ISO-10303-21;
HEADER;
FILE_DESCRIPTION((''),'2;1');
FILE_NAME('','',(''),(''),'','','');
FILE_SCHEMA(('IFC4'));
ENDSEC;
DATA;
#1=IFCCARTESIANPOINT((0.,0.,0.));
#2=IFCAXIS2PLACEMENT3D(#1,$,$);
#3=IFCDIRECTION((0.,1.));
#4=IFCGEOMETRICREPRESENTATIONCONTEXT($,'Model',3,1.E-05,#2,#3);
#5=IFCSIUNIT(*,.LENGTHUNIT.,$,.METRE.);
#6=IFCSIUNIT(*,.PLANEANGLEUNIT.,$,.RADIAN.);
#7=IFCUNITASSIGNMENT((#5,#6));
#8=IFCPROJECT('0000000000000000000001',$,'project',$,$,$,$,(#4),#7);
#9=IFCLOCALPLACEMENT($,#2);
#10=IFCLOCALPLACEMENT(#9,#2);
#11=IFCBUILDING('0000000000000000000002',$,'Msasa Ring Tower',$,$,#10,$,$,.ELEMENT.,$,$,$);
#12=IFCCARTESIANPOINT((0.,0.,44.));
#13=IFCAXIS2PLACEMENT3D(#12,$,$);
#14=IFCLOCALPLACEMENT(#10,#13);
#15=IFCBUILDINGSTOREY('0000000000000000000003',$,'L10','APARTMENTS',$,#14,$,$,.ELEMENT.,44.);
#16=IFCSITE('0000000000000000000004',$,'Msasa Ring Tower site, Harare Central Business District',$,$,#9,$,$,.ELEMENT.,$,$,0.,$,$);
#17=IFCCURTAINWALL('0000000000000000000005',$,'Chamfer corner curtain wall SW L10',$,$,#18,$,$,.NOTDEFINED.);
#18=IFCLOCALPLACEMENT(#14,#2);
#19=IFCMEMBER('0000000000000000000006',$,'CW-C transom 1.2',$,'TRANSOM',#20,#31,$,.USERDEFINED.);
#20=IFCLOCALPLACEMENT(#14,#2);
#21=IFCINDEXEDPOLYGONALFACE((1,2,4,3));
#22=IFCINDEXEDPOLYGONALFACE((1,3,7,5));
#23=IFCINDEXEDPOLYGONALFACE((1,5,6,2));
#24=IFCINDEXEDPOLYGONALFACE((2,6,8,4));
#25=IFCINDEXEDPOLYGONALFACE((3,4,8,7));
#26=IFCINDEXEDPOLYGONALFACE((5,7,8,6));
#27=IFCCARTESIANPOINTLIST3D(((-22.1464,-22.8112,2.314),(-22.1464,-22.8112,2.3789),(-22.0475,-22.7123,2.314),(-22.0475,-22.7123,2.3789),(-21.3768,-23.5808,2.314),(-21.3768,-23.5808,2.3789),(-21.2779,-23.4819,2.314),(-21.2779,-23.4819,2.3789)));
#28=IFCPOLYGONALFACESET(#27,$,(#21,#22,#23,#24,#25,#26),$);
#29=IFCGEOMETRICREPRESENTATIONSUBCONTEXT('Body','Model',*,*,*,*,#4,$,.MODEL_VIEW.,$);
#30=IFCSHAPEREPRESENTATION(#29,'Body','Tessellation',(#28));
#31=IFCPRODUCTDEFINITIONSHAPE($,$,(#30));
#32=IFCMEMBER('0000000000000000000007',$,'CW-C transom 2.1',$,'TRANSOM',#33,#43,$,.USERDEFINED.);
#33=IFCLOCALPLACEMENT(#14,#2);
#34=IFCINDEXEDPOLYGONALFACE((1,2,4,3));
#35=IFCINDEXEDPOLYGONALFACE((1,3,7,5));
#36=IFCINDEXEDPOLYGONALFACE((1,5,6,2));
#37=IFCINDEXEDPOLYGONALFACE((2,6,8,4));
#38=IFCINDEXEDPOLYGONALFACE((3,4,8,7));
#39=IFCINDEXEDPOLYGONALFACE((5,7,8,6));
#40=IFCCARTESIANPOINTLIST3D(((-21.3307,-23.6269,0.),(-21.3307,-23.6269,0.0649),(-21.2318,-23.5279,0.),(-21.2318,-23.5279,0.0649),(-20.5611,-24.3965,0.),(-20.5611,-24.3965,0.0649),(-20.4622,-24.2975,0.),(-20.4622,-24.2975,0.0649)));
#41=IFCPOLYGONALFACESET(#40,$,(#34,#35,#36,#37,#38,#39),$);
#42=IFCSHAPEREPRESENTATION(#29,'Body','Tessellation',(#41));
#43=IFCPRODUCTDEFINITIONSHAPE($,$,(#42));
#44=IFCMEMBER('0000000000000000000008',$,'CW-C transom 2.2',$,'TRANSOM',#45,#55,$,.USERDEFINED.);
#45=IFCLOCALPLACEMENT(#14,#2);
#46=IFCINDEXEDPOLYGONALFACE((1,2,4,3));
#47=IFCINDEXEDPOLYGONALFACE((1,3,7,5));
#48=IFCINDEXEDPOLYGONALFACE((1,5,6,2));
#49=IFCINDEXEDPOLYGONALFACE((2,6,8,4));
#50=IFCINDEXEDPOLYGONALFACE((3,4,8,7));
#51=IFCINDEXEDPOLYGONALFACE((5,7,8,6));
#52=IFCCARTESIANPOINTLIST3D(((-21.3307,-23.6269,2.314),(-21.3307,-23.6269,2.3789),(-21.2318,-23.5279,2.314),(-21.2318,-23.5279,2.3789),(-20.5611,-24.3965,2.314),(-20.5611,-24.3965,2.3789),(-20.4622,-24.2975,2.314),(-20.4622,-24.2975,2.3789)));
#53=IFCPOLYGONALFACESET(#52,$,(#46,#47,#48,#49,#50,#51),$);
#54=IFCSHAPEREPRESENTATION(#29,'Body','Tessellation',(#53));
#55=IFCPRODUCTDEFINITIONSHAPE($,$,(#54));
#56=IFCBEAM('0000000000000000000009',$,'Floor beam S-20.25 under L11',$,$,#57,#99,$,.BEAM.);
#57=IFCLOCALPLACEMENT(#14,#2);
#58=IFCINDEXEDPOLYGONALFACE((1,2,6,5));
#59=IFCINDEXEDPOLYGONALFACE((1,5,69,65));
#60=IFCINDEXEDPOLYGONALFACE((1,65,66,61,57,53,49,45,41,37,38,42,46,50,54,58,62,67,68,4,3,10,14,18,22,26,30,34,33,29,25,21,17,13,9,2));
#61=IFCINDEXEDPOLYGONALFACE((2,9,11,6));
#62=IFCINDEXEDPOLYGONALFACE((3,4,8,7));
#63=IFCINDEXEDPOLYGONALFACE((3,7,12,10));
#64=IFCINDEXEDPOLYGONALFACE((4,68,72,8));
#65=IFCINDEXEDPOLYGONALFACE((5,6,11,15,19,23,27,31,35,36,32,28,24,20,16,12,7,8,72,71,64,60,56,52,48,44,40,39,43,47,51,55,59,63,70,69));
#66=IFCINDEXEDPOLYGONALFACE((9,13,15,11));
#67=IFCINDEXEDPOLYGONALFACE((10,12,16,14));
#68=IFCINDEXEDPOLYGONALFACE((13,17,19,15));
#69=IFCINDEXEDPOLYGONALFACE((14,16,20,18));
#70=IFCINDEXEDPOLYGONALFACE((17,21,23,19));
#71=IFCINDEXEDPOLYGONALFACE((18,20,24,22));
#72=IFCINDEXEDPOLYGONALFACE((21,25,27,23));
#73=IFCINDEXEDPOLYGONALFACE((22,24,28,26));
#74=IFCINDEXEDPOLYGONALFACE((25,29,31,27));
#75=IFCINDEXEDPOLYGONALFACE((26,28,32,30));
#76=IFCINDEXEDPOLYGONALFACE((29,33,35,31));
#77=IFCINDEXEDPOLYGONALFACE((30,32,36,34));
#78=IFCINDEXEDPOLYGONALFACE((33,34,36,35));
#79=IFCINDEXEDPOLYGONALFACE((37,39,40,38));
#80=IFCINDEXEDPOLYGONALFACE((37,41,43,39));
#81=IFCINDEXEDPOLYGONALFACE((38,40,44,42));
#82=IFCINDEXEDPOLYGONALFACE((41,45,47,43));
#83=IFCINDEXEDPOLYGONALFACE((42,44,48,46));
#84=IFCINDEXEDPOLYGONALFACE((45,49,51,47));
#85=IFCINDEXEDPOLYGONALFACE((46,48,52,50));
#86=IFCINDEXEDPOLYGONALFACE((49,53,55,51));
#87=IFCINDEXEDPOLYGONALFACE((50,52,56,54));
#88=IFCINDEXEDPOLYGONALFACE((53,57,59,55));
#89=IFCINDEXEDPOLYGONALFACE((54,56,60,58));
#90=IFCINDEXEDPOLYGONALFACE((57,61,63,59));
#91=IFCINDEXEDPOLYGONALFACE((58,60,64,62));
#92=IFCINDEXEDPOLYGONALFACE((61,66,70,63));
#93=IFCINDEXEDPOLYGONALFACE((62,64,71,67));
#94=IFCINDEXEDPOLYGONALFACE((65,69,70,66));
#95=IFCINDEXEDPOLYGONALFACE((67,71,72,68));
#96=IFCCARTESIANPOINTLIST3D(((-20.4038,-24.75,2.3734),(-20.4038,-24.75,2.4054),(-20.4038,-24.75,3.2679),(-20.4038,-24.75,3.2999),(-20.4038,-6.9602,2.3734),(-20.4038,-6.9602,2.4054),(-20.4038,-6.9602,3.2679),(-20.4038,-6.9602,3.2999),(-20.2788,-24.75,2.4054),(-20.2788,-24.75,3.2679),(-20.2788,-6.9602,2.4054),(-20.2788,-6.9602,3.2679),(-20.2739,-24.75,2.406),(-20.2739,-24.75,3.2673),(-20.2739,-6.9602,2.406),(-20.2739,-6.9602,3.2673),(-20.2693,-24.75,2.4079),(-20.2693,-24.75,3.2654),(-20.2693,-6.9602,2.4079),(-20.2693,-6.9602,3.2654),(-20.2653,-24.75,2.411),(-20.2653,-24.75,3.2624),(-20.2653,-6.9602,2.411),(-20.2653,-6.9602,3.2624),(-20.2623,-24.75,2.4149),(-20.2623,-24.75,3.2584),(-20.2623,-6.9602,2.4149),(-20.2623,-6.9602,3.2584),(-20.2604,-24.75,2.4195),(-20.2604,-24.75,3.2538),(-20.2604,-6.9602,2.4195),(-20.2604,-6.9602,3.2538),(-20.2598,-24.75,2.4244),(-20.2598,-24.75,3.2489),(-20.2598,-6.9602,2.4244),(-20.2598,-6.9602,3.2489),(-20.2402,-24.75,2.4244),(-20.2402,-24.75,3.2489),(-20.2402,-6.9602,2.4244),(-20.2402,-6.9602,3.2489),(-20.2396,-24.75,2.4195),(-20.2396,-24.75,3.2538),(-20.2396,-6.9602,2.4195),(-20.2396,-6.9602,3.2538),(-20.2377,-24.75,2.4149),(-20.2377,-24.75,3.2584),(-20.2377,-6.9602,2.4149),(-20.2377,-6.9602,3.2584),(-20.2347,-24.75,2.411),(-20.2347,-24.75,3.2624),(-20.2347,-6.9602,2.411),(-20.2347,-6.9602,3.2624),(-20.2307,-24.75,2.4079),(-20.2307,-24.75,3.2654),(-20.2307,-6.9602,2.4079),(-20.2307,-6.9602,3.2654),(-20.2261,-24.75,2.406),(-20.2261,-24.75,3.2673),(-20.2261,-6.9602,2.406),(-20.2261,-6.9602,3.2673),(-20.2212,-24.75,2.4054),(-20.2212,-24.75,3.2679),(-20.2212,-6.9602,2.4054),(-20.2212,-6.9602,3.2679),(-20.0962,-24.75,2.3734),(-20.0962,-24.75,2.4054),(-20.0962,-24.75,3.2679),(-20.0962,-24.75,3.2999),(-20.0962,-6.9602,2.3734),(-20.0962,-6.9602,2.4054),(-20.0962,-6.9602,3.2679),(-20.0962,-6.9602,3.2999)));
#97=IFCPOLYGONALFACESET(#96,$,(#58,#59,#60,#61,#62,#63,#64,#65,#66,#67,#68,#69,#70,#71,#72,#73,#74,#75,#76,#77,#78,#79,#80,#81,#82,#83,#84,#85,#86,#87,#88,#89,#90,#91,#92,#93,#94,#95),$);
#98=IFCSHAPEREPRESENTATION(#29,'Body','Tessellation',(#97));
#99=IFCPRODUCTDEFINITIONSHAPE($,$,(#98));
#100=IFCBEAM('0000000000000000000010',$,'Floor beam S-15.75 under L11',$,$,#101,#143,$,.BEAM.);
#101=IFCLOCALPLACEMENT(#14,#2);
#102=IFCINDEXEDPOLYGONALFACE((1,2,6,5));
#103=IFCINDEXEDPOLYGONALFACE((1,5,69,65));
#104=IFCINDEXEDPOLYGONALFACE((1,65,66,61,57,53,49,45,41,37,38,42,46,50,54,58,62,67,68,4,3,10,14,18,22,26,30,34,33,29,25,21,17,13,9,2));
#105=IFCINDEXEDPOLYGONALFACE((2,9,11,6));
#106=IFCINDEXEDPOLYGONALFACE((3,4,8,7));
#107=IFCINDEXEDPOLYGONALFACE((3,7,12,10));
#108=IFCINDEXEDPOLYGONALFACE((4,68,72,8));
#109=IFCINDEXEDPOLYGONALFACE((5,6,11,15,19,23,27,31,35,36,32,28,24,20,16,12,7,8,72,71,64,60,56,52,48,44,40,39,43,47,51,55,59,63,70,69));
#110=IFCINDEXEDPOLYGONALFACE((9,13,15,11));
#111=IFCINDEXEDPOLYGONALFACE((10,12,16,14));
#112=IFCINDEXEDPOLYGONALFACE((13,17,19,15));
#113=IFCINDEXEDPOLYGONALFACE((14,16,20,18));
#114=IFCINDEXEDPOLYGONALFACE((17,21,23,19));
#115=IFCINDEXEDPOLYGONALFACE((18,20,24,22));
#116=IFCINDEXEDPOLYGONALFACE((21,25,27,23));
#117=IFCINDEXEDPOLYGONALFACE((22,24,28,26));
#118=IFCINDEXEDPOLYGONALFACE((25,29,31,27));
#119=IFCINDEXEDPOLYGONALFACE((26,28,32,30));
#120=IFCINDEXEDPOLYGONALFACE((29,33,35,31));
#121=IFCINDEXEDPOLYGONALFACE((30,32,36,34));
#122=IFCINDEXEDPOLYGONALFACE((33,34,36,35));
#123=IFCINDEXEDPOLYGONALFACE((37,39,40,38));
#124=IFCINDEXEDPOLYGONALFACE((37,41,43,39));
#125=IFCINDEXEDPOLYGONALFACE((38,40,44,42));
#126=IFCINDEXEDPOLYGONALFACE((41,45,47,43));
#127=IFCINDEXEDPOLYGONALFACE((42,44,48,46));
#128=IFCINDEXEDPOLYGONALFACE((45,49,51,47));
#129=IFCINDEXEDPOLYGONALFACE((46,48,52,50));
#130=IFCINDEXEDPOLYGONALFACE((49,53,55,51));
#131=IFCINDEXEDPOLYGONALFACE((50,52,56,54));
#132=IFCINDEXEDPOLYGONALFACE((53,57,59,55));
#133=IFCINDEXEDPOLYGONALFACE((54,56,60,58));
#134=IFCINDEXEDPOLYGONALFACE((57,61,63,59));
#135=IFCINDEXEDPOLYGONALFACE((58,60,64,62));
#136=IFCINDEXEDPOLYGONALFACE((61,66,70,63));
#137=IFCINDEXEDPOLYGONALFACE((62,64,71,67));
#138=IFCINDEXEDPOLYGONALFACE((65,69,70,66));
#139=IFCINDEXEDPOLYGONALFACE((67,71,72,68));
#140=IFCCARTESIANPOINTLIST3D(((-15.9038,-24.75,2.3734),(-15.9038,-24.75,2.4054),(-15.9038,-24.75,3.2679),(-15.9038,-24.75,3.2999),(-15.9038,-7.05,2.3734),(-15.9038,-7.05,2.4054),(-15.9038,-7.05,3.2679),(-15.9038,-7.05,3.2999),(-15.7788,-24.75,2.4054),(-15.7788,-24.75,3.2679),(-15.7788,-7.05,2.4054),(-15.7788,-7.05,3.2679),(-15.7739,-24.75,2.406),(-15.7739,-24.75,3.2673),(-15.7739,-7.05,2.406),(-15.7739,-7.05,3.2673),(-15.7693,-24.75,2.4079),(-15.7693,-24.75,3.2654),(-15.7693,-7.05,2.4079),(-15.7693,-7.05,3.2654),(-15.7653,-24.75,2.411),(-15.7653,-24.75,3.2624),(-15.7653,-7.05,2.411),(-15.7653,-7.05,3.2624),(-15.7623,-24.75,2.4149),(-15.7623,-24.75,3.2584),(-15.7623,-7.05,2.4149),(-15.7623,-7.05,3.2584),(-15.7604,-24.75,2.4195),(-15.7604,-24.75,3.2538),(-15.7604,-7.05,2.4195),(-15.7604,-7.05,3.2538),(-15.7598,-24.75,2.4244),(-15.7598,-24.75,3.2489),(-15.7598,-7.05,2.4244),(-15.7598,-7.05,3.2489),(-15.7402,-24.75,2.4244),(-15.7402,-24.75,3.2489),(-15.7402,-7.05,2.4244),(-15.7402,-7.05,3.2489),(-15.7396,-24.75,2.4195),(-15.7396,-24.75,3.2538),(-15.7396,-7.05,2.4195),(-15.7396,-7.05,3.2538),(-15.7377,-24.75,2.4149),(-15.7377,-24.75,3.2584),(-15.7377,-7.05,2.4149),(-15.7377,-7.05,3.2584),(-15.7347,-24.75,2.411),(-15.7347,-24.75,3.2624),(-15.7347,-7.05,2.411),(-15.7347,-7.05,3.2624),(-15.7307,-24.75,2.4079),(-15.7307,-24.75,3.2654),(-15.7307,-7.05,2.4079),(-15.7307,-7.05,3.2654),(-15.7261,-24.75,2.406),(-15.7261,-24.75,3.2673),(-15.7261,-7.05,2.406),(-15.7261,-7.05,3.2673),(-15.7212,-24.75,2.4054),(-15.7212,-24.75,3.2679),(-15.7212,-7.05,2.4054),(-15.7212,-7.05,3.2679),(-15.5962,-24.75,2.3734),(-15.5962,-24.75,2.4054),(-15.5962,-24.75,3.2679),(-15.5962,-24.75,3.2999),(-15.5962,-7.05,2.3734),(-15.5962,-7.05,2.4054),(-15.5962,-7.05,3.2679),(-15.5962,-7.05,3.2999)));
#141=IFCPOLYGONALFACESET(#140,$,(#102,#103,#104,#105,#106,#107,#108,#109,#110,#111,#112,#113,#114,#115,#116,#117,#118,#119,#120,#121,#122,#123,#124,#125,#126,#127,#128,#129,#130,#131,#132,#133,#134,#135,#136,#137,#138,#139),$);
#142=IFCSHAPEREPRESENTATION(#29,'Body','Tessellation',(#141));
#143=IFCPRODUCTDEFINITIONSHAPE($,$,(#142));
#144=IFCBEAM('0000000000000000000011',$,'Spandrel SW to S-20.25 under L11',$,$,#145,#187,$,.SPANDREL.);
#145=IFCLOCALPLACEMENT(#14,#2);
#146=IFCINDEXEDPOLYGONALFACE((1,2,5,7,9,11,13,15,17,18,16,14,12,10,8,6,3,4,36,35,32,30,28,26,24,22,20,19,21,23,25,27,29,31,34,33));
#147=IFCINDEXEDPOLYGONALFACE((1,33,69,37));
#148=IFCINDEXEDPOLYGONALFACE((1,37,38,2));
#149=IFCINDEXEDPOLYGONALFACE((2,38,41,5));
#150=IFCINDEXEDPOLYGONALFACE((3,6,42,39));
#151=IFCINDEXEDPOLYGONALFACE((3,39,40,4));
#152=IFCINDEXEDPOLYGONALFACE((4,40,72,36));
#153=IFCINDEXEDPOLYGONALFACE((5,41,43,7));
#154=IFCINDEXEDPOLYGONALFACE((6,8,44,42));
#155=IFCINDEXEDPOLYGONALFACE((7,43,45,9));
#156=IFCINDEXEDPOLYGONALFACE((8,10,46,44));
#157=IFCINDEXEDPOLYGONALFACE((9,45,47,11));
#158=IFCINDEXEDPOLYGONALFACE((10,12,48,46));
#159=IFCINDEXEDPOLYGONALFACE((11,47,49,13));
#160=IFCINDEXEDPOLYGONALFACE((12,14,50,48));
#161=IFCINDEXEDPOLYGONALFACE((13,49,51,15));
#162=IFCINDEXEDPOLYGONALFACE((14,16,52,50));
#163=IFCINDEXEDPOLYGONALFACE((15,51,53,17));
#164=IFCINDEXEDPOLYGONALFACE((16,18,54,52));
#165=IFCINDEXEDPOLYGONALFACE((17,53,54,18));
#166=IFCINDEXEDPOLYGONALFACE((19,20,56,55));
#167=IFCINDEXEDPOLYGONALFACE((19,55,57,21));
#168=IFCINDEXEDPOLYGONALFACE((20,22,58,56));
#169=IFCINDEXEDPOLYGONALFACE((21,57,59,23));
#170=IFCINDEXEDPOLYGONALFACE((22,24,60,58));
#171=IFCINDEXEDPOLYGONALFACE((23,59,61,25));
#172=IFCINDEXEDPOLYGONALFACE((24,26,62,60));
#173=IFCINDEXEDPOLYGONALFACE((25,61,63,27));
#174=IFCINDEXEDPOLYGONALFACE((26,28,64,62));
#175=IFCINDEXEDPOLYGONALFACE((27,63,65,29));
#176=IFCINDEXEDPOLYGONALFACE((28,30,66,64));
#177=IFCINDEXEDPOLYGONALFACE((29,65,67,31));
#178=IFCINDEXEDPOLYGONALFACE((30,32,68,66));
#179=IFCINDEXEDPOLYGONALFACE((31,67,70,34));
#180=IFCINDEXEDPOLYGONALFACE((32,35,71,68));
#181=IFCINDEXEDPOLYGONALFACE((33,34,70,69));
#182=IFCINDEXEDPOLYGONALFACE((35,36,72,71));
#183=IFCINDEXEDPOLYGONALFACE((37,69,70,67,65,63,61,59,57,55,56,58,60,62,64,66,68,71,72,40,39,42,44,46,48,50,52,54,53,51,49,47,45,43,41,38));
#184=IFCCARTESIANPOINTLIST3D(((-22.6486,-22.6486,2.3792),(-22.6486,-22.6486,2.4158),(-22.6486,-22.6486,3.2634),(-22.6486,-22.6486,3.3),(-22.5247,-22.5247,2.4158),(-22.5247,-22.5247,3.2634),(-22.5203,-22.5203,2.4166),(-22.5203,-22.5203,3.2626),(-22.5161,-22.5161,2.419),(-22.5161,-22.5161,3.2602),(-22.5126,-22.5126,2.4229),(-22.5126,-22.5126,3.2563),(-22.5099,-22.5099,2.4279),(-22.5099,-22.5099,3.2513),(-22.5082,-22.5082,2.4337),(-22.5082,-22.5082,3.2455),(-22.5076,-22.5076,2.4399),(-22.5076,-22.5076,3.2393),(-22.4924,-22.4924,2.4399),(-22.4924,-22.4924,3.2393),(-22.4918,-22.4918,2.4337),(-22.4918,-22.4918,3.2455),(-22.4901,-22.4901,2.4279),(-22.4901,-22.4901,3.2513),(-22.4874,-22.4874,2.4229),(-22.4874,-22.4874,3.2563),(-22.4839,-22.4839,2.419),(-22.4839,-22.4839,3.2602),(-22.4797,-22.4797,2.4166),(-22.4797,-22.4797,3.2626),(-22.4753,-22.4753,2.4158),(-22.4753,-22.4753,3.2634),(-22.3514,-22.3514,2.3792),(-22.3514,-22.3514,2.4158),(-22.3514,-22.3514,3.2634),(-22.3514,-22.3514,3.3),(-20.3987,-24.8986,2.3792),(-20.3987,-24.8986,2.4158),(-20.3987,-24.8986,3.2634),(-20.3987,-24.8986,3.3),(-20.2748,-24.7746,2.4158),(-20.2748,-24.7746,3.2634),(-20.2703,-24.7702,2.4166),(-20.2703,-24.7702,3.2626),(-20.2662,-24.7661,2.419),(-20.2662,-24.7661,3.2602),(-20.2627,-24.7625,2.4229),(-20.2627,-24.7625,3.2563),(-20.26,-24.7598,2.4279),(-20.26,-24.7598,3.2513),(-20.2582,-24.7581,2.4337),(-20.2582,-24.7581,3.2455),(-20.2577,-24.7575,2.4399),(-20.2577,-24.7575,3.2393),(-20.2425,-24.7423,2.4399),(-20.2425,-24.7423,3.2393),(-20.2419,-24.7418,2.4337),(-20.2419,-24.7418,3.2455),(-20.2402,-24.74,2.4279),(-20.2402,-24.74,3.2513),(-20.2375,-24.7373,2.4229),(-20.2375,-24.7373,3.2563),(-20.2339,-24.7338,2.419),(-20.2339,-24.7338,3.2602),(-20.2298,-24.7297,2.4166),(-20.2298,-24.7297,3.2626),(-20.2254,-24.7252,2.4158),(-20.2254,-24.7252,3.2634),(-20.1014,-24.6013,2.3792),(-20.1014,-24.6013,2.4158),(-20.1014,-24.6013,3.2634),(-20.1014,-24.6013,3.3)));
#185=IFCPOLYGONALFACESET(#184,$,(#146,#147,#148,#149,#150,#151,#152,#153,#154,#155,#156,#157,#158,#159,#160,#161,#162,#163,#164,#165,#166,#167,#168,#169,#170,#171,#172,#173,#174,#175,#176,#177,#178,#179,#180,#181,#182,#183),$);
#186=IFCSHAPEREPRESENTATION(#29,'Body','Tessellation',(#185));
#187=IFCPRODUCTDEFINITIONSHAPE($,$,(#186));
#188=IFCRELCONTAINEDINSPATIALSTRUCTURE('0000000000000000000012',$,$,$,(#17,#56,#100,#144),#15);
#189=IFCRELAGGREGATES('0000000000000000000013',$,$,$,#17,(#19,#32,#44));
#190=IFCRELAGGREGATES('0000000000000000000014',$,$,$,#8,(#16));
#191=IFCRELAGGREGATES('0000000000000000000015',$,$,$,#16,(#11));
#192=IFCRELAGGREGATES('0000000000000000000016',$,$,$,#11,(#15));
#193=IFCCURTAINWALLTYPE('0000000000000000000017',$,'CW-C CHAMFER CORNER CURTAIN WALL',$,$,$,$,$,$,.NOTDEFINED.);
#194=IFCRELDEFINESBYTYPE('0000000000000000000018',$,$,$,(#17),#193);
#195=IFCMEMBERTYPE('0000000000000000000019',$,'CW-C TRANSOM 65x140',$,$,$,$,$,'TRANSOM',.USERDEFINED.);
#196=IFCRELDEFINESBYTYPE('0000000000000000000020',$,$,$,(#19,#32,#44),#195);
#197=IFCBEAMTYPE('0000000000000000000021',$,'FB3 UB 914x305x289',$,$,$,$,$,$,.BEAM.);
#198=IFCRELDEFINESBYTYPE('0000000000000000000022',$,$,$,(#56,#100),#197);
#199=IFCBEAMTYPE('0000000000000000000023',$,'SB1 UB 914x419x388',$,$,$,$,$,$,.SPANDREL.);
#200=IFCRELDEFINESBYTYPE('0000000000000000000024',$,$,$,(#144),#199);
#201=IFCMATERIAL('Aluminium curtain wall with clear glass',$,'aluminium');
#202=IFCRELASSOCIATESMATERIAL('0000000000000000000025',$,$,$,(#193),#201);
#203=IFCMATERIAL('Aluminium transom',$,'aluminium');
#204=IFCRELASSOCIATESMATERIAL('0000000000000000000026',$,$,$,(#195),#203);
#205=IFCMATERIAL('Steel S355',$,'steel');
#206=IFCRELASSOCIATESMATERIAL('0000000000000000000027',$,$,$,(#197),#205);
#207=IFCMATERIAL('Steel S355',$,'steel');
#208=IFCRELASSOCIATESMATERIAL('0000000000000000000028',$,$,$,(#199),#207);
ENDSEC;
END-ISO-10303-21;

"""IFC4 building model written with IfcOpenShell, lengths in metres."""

from ifc_helpers import new_model, si_unit, direction, frame, origin, origin_2d, place, context, subcontext, project, spatial, rectangle, i_section, extrude, material, material_profile, profile_set, type_object, element, aggregate, save


model = new_model("IFC4")

# Units and contexts
model_context = context("Model", 3, precision=1e-05, world=origin(), true_north=direction((0.0, 1.0)))
body_context = subcontext(model_context, "Body", "Model", "MODEL_VIEW")
ifc_project = project(units=[si_unit("LENGTHUNIT", "METRE"), si_unit("PLANEANGLEUNIT", "RADIAN")], contexts=[model_context])

# Site, building, storey
site_placement = place(None, origin())
site = spatial("IfcSite", under=ifc_project, at=site_placement, Name="Msasa Ring Tower site, Harare Central Business District", CompositionType="ELEMENT", RefElevation=0.0)
building_placement = place(site_placement, origin())
building = spatial("IfcBuilding", under=site, at=building_placement, Name="Msasa Ring Tower", CompositionType="ELEMENT")
storey_placement = place(building_placement, frame((0.0, 0.0, 44.0)))
storey = spatial("IfcBuildingStorey", under=building, at=storey_placement, Name="L10", Description="APARTMENTS", CompositionType="ELEMENT", Elevation=44.0)

# Curtain wall
ifc_material_1 = material(Name="Aluminium curtain wall with clear glass", Category="aluminium")
curtain_wall_type = type_object("IfcCurtainWallType", Name="CW-C CHAMFER CORNER CURTAIN WALL", PredefinedType="NOTDEFINED", material=ifc_material_1)
curtain_wall_1_placement = place(storey_placement, origin())
curtain_wall_1 = element("IfcCurtainWall", 1, at=curtain_wall_1_placement, inside=storey, type_object=curtain_wall_type, Name="Chamfer corner curtain wall SW L10", PredefinedType="NOTDEFINED")

# Members
ifc_material_2 = material(Name="Aluminium transom", Category="aluminium")
ifc_material_profile_1 = material_profile(ifc_material_2, rectangle(XDim=0.1399, YDim=0.0649, at=origin_2d()), Name="AL 65x140")
ifc_profile_set_1 = profile_set([ifc_material_profile_1], Name="Aluminium transom")
member_type_1 = type_object("IfcMemberType", Name="CW-C TRANSOM 65x140", ElementType="TRANSOM", PredefinedType="USERDEFINED", material=ifc_profile_set_1)
member_1_placement = place(storey_placement, frame((-22.0969, -22.7617, 2.3464), z_axis=(0.707107, -0.707107, 0.0), x_axis=(0.707107, 0.707107, 0.0)))
member_1 = element("IfcMember", 2, at=member_1_placement, type_object=member_type_1, Name="CW-C transom 1.2", ObjectType="TRANSOM", PredefinedType="USERDEFINED", context=body_context, shape_type="SweptSolid", body=[
    extrude(rectangle(XDim=0.1399, YDim=0.0649, at=origin_2d()), origin(), (0.0, 0.0, 1.0), 1.0884),
])
member_2_placement = place(storey_placement, frame((-21.2812, -23.5774, 0.0325), z_axis=(0.707107, -0.707107, 0.0), x_axis=(0.707107, 0.707107, 0.0)))
member_2 = element("IfcMember", 3, at=member_2_placement, type_object=member_type_1, Name="CW-C transom 2.1", ObjectType="TRANSOM", PredefinedType="USERDEFINED", context=body_context, shape_type="SweptSolid", body=[
    extrude(rectangle(XDim=0.1399, YDim=0.0649, at=origin_2d()), origin(), (0.0, 0.0, 1.0), 1.0884),
])
member_3_placement = place(storey_placement, frame((-21.2812, -23.5774, 2.3464), z_axis=(0.707107, -0.707107, 0.0), x_axis=(0.707107, 0.707107, 0.0)))
member_3 = element("IfcMember", 4, at=member_3_placement, type_object=member_type_1, Name="CW-C transom 2.2", ObjectType="TRANSOM", PredefinedType="USERDEFINED", context=body_context, shape_type="SweptSolid", body=[
    extrude(rectangle(XDim=0.1399, YDim=0.0649, at=origin_2d()), origin(), (0.0, 0.0, 1.0), 1.0884),
])

# Beams
ifc_material_3 = material(Name="Steel S355", Category="steel")
ifc_material_profile_2 = material_profile(ifc_material_3, i_section(OverallWidth=0.3076, OverallDepth=0.9265, WebThickness=0.0195, FlangeThickness=0.032, FilletRadius=0.019, at=origin_2d()), Name="UB 914x305x289")
ifc_profile_set_2 = profile_set([ifc_material_profile_2], Name="Steel S355")
beam_type_1 = type_object("IfcBeamType", Name="FB3 UB 914x305x289", PredefinedType="BEAM", material=ifc_profile_set_2)
beam_1_placement = place(storey_placement, frame((-20.25, -24.75, 2.8367), z_axis=(0.0, 1.0, 0.0), x_axis=(-1.0, 0.0, 0.0)))
element("IfcBeam", 5, at=beam_1_placement, inside=storey, type_object=beam_type_1, Name="Floor beam S-20.25 under L11", PredefinedType="BEAM", context=body_context, shape_type="SweptSolid", body=[
    extrude(i_section(OverallWidth=0.3076, OverallDepth=0.9265, WebThickness=0.0195, FlangeThickness=0.032, FilletRadius=0.019, at=origin_2d()), origin(), (0.0, 0.0, 1.0), 17.7898),
])
beam_2_placement = place(storey_placement, frame((-15.75, -24.75, 2.8367), z_axis=(0.0, 1.0, 0.0), x_axis=(-1.0, 0.0, 0.0)))
element("IfcBeam", 6, at=beam_2_placement, inside=storey, type_object=beam_type_1, Name="Floor beam S-15.75 under L11", PredefinedType="BEAM", context=body_context, shape_type="SweptSolid", body=[
    extrude(i_section(OverallWidth=0.3076, OverallDepth=0.9265, WebThickness=0.0195, FlangeThickness=0.032, FilletRadius=0.019, at=origin_2d()), origin(), (0.0, 0.0, 1.0), 17.7),
])
ifc_material_4 = material(Name="Steel S355", Category="steel")
ifc_material_profile_3 = material_profile(ifc_material_4, i_section(OverallWidth=0.4204, OverallDepth=0.9209, WebThickness=0.0215, FlangeThickness=0.0366, FilletRadius=0.0242, at=origin_2d()), Name="UB 914x419x388")
ifc_profile_set_3 = profile_set([ifc_material_profile_3], Name="Steel S355")
beam_type_2 = type_object("IfcBeamType", Name="SB1 UB 914x419x388", PredefinedType="SPANDREL", material=ifc_profile_set_3)
beam_3_placement = place(storey_placement, frame((-22.5, -22.5, 2.8396), z_axis=(0.707107, -0.707107, 0.0), x_axis=(0.707107, 0.707107, 0.0)))
element("IfcBeam", 7, at=beam_3_placement, inside=storey, type_object=beam_type_2, Name="Spandrel SW to S-20.25 under L11", PredefinedType="SPANDREL", context=body_context, shape_type="SweptSolid", body=[
    extrude(i_section(OverallWidth=0.4204, OverallDepth=0.9209, WebThickness=0.0215, FlangeThickness=0.0366, FilletRadius=0.0242, at=origin_2d()), origin(), (0.0, 0.0, 1.0), 3.1819),
])

aggregate(curtain_wall_1, [member_1, member_2, member_3])

save(model, "model.ifc")
